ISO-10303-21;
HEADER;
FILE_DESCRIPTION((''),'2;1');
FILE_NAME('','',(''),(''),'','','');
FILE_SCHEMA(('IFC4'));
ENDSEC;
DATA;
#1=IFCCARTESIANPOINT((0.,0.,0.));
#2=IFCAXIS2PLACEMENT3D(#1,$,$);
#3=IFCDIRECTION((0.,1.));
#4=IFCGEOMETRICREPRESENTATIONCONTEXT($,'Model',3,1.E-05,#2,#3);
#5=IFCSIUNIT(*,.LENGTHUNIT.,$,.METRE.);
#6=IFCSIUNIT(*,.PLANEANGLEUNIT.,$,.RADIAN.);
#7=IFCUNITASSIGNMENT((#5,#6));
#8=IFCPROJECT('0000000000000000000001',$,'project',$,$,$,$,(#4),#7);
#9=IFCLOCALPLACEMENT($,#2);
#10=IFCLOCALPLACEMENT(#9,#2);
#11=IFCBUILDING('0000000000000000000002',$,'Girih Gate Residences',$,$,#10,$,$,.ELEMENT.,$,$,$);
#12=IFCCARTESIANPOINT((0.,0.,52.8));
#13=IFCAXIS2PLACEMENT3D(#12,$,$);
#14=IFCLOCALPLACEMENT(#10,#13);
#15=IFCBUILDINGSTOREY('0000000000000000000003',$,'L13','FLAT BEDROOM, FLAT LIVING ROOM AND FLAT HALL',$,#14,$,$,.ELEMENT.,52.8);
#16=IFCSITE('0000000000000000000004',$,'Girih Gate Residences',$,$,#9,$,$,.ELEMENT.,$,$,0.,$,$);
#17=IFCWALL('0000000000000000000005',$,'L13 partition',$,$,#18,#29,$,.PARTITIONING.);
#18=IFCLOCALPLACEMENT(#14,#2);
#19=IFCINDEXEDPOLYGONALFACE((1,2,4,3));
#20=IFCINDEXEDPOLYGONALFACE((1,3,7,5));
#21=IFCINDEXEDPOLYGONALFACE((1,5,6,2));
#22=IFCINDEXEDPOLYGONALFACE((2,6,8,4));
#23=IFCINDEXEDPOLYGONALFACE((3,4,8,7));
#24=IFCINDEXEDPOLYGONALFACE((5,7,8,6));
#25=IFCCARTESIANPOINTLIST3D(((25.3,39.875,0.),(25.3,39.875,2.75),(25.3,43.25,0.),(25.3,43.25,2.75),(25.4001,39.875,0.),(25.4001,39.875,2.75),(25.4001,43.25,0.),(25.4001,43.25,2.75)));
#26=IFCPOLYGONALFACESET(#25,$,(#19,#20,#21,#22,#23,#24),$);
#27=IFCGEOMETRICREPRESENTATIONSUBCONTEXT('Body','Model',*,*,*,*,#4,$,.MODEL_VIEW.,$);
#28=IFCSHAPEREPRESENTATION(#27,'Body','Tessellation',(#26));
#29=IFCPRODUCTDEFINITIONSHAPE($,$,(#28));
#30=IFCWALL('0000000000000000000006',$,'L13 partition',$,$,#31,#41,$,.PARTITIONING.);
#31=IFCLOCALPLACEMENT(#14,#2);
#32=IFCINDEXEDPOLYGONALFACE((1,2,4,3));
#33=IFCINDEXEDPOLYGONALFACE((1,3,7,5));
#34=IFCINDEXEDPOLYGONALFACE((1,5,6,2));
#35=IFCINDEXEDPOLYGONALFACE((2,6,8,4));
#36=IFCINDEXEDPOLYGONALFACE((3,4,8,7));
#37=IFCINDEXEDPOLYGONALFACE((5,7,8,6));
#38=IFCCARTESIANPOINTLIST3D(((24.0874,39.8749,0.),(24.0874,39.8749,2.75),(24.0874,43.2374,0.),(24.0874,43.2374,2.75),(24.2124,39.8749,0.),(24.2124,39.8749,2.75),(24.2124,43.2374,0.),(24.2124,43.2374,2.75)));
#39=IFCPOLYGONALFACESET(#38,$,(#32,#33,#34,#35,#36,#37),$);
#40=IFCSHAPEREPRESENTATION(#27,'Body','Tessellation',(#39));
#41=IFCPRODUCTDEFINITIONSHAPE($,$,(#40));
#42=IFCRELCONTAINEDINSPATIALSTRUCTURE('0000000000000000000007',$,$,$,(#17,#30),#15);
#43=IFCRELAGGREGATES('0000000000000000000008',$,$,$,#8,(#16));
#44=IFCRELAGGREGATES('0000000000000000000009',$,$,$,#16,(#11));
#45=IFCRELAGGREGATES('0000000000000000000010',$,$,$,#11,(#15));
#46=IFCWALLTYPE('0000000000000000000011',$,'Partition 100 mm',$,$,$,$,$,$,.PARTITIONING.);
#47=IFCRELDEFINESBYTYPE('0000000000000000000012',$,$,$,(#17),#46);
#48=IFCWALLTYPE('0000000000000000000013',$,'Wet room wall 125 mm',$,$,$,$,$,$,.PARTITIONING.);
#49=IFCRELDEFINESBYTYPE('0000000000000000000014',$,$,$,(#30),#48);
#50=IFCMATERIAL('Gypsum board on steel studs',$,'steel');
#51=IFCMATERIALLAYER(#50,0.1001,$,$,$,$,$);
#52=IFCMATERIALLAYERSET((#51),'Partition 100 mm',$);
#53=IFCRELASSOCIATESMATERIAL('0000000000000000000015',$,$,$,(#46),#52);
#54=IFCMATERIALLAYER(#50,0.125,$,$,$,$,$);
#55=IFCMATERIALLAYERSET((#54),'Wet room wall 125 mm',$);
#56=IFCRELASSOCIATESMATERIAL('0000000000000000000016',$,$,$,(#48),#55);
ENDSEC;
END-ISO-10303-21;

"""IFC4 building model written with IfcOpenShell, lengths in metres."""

from ifc_helpers import new_model, si_unit, direction, frame, frame_2d, origin, place, context, subcontext, project, spatial, rectangle, extrude, material, layer, layer_set, type_object, element, save


model = new_model("IFC4")

# Units and contexts
model_context = context("Model", 3, precision=1e-05, world=origin(), true_north=direction((0.0, 1.0)))
body_context = subcontext(model_context, "Body", "Model", "MODEL_VIEW")
ifc_project = project(units=[si_unit("LENGTHUNIT", "METRE"), si_unit("PLANEANGLEUNIT", "RADIAN")], contexts=[model_context])

# Site, building, storey
site_placement = place(None, origin())
site = spatial("IfcSite", under=ifc_project, at=site_placement, Name="Girih Gate Residences", CompositionType="ELEMENT", RefElevation=0.0)
building_placement = place(site_placement, origin())
building = spatial("IfcBuilding", under=site, at=building_placement, Name="Girih Gate Residences", CompositionType="ELEMENT")
storey_placement = place(building_placement, frame((0.0, 0.0, 52.8)))
storey = spatial("IfcBuildingStorey", under=building, at=storey_placement, Name="L13", Description="FLAT BEDROOM, FLAT LIVING ROOM AND FLAT HALL", CompositionType="ELEMENT", Elevation=52.8)

# Shared definitions
ifc_material_1 = material(Name="Gypsum board on steel studs", Category="steel")

# Walls
ifc_layer_1 = layer(ifc_material_1, 0.1001)
ifc_layer_set_1 = layer_set([ifc_layer_1], Name="Partition 100 mm")
wall_type_1 = type_object("IfcWallType", Name="Partition 100 mm", PredefinedType="PARTITIONING", material=ifc_layer_set_1)
wall_1_placement = place(storey_placement, frame((25.3501, 39.875, 0.0), z_axis=(0.0, 0.0, 1.0), x_axis=(0.0, 1.0, 0.0)))
element("IfcWall", 1, at=wall_1_placement, inside=storey, type_object=wall_type_1, Name="L13 partition", PredefinedType="PARTITIONING", context=body_context, shape_type="SweptSolid", body=[
    extrude(rectangle(XDim=3.375, YDim=0.1001, at=frame_2d((1.6875, 0.0))), origin(), (0.0, 0.0, 1.0), 2.75),
])
ifc_layer_2 = layer(ifc_material_1, 0.125)
ifc_layer_set_2 = layer_set([ifc_layer_2], Name="Wet room wall 125 mm")
wall_type_2 = type_object("IfcWallType", Name="Wet room wall 125 mm", PredefinedType="PARTITIONING", material=ifc_layer_set_2)
wall_2_placement = place(storey_placement, frame((24.1499, 39.875, 0.0), z_axis=(0.0, 0.0, 1.0), x_axis=(0.0, 1.0, 0.0)))
element("IfcWall", 2, at=wall_2_placement, inside=storey, type_object=wall_type_2, Name="L13 partition", PredefinedType="PARTITIONING", context=body_context, shape_type="SweptSolid", body=[
    extrude(rectangle(XDim=3.3625, YDim=0.125, at=frame_2d((1.6812, 0.0))), origin(), (0.0, 0.0, 1.0), 2.75),
])

save(model, "model.ifc")
